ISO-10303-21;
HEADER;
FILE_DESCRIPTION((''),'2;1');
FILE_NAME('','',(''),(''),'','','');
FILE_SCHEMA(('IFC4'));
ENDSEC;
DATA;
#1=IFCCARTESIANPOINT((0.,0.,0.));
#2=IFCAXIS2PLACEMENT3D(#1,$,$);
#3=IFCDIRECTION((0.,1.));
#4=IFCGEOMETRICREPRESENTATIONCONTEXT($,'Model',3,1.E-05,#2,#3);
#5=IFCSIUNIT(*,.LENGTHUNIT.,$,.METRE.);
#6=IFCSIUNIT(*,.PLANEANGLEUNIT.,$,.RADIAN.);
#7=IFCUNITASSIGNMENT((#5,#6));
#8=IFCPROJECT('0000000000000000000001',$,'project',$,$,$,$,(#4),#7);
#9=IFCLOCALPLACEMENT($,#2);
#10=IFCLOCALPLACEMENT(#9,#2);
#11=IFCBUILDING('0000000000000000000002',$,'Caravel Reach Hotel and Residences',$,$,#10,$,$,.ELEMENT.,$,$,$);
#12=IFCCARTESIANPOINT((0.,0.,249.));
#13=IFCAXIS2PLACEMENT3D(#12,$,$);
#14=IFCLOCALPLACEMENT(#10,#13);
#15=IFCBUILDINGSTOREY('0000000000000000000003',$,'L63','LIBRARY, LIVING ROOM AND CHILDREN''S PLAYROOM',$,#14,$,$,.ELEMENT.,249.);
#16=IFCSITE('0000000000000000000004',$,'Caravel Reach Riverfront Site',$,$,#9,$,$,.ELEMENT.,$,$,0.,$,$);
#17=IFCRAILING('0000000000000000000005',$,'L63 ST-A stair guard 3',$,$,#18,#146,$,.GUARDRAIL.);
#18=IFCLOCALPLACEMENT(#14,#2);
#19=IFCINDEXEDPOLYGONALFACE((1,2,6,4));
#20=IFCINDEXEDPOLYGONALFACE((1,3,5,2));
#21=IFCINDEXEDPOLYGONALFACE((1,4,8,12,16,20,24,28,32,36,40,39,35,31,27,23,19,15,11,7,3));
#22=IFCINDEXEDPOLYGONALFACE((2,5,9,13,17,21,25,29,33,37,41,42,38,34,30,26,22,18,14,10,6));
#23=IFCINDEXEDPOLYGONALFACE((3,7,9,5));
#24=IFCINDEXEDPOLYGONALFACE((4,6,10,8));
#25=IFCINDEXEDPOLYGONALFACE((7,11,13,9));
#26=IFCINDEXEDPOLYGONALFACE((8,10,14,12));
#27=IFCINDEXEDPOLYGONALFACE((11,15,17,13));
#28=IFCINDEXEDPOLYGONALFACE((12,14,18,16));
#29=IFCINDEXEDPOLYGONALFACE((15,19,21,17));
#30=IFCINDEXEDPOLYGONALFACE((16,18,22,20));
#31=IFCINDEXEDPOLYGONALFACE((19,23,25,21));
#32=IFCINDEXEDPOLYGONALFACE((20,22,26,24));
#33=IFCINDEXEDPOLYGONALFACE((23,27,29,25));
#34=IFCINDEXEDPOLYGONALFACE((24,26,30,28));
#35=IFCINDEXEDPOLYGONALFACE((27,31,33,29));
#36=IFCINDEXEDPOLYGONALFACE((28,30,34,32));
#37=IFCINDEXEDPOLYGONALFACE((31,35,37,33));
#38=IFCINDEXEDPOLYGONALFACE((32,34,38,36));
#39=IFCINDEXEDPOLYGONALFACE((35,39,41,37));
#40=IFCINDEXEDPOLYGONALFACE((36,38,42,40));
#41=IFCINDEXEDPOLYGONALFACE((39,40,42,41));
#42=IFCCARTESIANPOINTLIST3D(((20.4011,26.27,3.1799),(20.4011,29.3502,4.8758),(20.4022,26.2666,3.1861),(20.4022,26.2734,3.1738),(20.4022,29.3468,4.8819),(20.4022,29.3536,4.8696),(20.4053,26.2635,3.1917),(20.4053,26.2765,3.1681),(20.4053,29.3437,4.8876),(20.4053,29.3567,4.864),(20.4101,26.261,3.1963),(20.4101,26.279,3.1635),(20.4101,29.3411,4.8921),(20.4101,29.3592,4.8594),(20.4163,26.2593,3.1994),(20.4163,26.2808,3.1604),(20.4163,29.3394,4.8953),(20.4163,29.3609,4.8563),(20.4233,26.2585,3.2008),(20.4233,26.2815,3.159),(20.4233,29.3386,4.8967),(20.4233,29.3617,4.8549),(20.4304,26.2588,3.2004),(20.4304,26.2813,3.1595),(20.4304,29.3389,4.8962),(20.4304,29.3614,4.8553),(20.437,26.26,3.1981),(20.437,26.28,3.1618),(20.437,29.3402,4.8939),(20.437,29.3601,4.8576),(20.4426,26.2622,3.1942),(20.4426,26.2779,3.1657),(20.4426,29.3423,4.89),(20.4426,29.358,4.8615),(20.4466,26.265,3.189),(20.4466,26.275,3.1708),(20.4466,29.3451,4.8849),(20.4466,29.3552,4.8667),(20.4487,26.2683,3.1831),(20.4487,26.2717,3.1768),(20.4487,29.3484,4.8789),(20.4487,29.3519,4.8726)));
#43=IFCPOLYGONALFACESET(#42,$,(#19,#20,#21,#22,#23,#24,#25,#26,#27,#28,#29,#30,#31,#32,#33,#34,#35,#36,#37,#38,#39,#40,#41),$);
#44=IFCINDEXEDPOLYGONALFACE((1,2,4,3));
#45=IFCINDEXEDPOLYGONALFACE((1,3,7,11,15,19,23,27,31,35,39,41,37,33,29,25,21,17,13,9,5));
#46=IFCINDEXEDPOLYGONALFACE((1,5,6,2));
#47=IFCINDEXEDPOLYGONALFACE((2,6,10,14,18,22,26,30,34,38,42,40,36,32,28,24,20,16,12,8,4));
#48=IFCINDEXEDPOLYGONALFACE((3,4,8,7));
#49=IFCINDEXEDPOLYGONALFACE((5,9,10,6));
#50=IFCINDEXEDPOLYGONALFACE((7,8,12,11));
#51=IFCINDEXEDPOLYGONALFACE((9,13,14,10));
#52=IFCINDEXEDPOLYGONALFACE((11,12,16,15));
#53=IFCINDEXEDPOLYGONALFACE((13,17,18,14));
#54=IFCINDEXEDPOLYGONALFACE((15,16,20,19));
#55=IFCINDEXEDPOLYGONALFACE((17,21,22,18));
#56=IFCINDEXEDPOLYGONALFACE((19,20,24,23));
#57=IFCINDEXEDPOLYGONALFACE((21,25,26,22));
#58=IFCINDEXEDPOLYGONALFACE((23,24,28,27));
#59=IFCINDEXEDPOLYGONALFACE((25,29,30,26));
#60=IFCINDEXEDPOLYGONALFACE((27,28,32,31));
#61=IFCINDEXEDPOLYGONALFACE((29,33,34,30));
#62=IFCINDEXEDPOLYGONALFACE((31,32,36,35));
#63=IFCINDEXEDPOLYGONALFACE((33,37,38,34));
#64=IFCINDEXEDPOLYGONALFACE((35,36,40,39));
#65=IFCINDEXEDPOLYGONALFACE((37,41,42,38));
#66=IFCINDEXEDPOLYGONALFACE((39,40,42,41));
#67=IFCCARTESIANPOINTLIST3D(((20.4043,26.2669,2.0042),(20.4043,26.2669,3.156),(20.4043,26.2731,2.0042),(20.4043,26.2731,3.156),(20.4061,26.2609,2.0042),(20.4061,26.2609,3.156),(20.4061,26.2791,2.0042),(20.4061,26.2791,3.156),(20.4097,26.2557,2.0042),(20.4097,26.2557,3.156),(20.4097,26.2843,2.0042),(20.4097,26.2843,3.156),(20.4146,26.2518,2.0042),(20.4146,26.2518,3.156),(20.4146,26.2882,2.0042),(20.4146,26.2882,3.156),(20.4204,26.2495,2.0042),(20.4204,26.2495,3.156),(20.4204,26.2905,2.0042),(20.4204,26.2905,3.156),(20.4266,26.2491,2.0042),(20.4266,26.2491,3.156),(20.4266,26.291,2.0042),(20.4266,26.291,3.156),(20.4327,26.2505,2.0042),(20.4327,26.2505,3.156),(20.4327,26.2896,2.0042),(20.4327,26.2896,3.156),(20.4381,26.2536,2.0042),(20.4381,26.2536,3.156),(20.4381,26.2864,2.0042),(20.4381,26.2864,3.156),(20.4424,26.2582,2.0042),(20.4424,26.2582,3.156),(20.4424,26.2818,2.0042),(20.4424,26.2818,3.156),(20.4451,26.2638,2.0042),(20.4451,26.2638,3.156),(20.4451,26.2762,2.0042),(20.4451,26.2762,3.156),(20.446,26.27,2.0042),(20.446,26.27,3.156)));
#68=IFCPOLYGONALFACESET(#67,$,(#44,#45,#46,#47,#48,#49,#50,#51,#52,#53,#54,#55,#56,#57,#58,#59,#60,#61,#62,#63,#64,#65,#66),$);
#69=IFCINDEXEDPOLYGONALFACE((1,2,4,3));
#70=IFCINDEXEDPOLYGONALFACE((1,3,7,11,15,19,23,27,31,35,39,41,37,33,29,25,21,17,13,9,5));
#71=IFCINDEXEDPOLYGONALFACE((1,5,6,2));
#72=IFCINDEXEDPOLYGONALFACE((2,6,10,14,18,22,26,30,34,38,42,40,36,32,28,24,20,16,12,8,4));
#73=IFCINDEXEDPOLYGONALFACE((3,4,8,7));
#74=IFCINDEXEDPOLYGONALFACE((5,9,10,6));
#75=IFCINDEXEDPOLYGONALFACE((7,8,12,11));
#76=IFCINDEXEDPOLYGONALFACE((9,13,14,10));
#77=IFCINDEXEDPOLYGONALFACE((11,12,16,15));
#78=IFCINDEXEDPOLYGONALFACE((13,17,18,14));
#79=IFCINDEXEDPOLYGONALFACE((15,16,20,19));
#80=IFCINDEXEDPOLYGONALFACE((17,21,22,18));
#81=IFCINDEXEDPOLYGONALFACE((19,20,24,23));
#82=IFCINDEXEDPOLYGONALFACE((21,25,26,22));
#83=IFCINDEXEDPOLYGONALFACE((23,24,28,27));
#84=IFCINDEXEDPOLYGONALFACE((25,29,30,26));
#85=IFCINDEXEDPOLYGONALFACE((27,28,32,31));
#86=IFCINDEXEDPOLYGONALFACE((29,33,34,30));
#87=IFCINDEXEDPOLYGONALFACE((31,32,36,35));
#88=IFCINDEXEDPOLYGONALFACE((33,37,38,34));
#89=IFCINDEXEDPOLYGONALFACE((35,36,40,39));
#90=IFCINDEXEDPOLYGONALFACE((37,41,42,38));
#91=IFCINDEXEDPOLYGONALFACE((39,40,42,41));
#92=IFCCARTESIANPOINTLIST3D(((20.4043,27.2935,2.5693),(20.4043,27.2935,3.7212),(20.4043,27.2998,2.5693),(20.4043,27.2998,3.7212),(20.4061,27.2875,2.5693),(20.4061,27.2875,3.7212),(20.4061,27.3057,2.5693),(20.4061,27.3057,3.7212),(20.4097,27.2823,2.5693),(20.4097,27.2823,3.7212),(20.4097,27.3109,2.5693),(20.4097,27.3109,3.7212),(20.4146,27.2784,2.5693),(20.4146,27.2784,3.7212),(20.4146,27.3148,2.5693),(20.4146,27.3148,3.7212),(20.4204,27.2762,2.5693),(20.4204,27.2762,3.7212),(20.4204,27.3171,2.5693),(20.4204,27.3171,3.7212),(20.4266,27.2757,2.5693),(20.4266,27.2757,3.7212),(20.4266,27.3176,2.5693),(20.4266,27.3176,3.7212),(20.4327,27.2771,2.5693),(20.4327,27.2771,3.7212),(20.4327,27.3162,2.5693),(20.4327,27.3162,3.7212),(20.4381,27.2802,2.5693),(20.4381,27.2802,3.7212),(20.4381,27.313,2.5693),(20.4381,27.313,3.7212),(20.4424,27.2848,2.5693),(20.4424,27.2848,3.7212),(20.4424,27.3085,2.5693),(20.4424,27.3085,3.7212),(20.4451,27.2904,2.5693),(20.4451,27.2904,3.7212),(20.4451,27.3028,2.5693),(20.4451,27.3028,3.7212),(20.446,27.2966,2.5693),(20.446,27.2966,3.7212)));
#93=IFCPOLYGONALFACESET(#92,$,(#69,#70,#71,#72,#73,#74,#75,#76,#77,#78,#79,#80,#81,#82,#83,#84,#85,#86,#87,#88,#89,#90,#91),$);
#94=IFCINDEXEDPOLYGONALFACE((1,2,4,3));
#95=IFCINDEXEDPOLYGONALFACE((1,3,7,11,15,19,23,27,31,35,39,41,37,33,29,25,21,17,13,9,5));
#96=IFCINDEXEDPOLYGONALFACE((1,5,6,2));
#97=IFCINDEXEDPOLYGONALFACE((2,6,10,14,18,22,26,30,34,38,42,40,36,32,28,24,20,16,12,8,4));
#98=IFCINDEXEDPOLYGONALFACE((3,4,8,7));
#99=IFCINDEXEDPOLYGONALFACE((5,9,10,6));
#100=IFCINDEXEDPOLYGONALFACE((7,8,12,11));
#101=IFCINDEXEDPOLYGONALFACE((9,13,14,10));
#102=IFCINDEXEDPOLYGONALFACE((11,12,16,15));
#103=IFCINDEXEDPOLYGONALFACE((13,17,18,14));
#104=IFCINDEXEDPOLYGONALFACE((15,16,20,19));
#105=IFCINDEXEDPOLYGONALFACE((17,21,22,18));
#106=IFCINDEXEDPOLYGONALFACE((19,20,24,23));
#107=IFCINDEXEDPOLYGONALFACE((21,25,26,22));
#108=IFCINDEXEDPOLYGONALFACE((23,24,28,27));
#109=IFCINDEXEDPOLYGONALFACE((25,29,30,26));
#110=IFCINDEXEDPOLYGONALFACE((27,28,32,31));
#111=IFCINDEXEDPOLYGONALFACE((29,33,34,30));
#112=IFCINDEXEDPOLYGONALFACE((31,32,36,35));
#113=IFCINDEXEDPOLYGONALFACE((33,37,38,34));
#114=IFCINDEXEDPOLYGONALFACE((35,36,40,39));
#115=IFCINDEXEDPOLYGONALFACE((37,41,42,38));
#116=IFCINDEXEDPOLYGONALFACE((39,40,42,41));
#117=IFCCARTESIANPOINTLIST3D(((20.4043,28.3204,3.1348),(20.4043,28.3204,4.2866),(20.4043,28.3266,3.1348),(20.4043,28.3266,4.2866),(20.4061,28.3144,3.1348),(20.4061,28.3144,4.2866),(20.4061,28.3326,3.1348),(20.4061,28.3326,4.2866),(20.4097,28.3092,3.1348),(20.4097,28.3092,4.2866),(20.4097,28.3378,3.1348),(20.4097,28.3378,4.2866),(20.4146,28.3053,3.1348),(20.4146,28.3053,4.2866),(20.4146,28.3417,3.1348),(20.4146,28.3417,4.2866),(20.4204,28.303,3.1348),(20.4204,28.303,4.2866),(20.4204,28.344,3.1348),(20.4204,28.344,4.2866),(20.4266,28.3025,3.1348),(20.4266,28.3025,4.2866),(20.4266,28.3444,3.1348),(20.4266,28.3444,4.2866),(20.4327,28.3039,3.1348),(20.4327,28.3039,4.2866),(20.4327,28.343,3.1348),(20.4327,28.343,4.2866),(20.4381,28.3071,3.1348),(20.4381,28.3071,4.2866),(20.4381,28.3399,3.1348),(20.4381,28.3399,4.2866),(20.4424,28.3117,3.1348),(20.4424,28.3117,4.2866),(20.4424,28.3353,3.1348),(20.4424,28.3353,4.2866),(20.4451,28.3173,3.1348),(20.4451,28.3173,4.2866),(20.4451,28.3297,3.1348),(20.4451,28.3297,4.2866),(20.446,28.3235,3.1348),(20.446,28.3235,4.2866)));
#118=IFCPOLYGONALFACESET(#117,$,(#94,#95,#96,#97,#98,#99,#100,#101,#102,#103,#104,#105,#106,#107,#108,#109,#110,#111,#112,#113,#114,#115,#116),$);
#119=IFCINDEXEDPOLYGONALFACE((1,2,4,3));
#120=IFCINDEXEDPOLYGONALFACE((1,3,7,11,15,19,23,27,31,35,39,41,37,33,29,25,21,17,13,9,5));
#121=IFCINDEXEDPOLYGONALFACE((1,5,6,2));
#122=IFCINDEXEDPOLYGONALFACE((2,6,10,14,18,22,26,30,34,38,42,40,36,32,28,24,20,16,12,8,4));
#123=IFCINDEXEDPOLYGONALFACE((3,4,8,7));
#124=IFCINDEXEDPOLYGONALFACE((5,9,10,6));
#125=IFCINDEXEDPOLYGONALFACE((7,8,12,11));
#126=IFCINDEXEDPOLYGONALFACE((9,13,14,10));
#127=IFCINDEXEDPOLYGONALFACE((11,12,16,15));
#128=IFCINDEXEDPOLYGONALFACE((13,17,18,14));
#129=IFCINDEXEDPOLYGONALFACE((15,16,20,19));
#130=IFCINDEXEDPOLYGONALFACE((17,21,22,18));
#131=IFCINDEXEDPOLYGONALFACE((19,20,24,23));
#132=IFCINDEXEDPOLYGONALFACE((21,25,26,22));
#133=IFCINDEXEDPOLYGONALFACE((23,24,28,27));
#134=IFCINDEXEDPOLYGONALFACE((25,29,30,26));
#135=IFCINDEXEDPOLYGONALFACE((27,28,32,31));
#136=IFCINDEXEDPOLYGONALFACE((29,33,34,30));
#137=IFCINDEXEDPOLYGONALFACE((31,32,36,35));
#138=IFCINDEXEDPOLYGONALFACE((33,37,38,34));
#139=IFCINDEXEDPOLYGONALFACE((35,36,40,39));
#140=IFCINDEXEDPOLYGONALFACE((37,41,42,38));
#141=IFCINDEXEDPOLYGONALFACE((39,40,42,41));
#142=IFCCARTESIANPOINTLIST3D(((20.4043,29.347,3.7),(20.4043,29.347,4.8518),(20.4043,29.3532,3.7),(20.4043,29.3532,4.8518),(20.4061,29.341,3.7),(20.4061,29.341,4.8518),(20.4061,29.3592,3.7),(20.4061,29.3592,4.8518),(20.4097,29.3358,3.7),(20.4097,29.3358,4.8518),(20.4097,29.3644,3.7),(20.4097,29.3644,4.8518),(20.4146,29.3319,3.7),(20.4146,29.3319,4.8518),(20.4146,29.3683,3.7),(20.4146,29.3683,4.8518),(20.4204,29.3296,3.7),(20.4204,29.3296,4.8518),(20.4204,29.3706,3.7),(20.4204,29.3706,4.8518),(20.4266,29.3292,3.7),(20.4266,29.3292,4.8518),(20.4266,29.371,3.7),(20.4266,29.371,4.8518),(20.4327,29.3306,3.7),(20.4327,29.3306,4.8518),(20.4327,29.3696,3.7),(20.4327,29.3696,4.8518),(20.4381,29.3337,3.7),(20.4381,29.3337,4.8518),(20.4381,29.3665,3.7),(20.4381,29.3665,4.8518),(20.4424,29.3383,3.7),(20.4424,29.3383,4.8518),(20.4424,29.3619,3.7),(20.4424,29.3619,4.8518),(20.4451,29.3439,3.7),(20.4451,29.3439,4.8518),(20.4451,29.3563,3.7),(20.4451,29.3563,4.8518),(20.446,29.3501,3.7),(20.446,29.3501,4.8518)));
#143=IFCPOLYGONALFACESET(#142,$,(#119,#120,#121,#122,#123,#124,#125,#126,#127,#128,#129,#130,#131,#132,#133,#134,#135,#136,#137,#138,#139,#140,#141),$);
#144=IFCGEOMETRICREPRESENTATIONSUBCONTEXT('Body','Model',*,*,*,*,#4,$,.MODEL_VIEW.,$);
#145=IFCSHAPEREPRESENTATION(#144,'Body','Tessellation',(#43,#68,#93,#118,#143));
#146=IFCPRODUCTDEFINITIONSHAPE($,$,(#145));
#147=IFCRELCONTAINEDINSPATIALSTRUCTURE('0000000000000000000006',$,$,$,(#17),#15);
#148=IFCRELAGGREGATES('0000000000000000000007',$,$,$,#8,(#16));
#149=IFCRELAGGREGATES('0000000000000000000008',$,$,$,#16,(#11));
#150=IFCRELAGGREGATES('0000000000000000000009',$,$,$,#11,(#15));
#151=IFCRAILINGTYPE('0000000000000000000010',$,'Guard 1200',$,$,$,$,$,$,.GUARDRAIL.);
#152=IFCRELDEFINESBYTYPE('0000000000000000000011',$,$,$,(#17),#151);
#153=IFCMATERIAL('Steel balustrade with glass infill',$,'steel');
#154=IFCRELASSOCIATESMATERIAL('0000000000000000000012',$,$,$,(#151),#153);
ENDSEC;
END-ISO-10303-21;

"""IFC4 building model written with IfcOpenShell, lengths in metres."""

from ifc_helpers import new_model, si_unit, direction, frame, origin, origin_2d, place, context, subcontext, project, spatial, circle, extrude, material, type_object, element, save


model = new_model("IFC4")

# Units and contexts
model_context = context("Model", 3, precision=1e-05, world=origin(), true_north=direction((0.0, 1.0)))
body_context = subcontext(model_context, "Body", "Model", "MODEL_VIEW")
ifc_project = project(units=[si_unit("LENGTHUNIT", "METRE"), si_unit("PLANEANGLEUNIT", "RADIAN")], contexts=[model_context])

# Site, building, storey
site_placement = place(None, origin())
site = spatial("IfcSite", under=ifc_project, at=site_placement, Name="Caravel Reach Riverfront Site", CompositionType="ELEMENT", RefElevation=0.0)
building_placement = place(site_placement, origin())
building = spatial("IfcBuilding", under=site, at=building_placement, Name="Caravel Reach Hotel and Residences", CompositionType="ELEMENT")
storey_placement = place(building_placement, frame((0.0, 0.0, 249.0)))
storey = spatial("IfcBuildingStorey", under=building, at=storey_placement, Name="L63", Description="LIBRARY, LIVING ROOM AND CHILDREN'S PLAYROOM", CompositionType="ELEMENT", Elevation=249.0)

# Railing
ifc_material_1 = material(Name="Steel balustrade with glass infill", Category="steel")
railing_type_1 = type_object("IfcRailingType", Name="Guard 1200", PredefinedType="GUARDRAIL", material=ifc_material_1)
railing_1_placement = place(storey_placement, frame((20.425, 26.27, 2.0042)))
element("IfcRailing", 1, at=railing_1_placement, inside=storey, type_object=railing_type_1, Name="L63 ST-A stair guard 3", PredefinedType="GUARDRAIL", context=body_context, shape_type="SweptSolid", body=[
    extrude(circle(Radius=0.0239, at=origin_2d()), frame((0.0, 0.0, 1.1758), z_axis=(0.0, 0.876005, 0.482303), x_axis=(-1.0, 0.0, 0.0)), (0.0, 0.0, 1.0), 3.5161),
    extrude(circle(Radius=0.021, at=origin_2d()), origin(), (0.0, 0.0, 1.0), 1.1519),
    extrude(circle(Radius=0.021, at=origin_2d()), frame((0.0, 1.0266, 0.5652)), (0.0, 0.0, 1.0), 1.1519),
    extrude(circle(Radius=0.021, at=origin_2d()), frame((0.0, 2.0535, 1.1306)), (0.0, 0.0, 1.0), 1.1519),
    extrude(circle(Radius=0.021, at=origin_2d()), frame((0.0, 3.0801, 1.6958)), (0.0, 0.0, 1.0), 1.1519),
])

save(model, "model.ifc")
